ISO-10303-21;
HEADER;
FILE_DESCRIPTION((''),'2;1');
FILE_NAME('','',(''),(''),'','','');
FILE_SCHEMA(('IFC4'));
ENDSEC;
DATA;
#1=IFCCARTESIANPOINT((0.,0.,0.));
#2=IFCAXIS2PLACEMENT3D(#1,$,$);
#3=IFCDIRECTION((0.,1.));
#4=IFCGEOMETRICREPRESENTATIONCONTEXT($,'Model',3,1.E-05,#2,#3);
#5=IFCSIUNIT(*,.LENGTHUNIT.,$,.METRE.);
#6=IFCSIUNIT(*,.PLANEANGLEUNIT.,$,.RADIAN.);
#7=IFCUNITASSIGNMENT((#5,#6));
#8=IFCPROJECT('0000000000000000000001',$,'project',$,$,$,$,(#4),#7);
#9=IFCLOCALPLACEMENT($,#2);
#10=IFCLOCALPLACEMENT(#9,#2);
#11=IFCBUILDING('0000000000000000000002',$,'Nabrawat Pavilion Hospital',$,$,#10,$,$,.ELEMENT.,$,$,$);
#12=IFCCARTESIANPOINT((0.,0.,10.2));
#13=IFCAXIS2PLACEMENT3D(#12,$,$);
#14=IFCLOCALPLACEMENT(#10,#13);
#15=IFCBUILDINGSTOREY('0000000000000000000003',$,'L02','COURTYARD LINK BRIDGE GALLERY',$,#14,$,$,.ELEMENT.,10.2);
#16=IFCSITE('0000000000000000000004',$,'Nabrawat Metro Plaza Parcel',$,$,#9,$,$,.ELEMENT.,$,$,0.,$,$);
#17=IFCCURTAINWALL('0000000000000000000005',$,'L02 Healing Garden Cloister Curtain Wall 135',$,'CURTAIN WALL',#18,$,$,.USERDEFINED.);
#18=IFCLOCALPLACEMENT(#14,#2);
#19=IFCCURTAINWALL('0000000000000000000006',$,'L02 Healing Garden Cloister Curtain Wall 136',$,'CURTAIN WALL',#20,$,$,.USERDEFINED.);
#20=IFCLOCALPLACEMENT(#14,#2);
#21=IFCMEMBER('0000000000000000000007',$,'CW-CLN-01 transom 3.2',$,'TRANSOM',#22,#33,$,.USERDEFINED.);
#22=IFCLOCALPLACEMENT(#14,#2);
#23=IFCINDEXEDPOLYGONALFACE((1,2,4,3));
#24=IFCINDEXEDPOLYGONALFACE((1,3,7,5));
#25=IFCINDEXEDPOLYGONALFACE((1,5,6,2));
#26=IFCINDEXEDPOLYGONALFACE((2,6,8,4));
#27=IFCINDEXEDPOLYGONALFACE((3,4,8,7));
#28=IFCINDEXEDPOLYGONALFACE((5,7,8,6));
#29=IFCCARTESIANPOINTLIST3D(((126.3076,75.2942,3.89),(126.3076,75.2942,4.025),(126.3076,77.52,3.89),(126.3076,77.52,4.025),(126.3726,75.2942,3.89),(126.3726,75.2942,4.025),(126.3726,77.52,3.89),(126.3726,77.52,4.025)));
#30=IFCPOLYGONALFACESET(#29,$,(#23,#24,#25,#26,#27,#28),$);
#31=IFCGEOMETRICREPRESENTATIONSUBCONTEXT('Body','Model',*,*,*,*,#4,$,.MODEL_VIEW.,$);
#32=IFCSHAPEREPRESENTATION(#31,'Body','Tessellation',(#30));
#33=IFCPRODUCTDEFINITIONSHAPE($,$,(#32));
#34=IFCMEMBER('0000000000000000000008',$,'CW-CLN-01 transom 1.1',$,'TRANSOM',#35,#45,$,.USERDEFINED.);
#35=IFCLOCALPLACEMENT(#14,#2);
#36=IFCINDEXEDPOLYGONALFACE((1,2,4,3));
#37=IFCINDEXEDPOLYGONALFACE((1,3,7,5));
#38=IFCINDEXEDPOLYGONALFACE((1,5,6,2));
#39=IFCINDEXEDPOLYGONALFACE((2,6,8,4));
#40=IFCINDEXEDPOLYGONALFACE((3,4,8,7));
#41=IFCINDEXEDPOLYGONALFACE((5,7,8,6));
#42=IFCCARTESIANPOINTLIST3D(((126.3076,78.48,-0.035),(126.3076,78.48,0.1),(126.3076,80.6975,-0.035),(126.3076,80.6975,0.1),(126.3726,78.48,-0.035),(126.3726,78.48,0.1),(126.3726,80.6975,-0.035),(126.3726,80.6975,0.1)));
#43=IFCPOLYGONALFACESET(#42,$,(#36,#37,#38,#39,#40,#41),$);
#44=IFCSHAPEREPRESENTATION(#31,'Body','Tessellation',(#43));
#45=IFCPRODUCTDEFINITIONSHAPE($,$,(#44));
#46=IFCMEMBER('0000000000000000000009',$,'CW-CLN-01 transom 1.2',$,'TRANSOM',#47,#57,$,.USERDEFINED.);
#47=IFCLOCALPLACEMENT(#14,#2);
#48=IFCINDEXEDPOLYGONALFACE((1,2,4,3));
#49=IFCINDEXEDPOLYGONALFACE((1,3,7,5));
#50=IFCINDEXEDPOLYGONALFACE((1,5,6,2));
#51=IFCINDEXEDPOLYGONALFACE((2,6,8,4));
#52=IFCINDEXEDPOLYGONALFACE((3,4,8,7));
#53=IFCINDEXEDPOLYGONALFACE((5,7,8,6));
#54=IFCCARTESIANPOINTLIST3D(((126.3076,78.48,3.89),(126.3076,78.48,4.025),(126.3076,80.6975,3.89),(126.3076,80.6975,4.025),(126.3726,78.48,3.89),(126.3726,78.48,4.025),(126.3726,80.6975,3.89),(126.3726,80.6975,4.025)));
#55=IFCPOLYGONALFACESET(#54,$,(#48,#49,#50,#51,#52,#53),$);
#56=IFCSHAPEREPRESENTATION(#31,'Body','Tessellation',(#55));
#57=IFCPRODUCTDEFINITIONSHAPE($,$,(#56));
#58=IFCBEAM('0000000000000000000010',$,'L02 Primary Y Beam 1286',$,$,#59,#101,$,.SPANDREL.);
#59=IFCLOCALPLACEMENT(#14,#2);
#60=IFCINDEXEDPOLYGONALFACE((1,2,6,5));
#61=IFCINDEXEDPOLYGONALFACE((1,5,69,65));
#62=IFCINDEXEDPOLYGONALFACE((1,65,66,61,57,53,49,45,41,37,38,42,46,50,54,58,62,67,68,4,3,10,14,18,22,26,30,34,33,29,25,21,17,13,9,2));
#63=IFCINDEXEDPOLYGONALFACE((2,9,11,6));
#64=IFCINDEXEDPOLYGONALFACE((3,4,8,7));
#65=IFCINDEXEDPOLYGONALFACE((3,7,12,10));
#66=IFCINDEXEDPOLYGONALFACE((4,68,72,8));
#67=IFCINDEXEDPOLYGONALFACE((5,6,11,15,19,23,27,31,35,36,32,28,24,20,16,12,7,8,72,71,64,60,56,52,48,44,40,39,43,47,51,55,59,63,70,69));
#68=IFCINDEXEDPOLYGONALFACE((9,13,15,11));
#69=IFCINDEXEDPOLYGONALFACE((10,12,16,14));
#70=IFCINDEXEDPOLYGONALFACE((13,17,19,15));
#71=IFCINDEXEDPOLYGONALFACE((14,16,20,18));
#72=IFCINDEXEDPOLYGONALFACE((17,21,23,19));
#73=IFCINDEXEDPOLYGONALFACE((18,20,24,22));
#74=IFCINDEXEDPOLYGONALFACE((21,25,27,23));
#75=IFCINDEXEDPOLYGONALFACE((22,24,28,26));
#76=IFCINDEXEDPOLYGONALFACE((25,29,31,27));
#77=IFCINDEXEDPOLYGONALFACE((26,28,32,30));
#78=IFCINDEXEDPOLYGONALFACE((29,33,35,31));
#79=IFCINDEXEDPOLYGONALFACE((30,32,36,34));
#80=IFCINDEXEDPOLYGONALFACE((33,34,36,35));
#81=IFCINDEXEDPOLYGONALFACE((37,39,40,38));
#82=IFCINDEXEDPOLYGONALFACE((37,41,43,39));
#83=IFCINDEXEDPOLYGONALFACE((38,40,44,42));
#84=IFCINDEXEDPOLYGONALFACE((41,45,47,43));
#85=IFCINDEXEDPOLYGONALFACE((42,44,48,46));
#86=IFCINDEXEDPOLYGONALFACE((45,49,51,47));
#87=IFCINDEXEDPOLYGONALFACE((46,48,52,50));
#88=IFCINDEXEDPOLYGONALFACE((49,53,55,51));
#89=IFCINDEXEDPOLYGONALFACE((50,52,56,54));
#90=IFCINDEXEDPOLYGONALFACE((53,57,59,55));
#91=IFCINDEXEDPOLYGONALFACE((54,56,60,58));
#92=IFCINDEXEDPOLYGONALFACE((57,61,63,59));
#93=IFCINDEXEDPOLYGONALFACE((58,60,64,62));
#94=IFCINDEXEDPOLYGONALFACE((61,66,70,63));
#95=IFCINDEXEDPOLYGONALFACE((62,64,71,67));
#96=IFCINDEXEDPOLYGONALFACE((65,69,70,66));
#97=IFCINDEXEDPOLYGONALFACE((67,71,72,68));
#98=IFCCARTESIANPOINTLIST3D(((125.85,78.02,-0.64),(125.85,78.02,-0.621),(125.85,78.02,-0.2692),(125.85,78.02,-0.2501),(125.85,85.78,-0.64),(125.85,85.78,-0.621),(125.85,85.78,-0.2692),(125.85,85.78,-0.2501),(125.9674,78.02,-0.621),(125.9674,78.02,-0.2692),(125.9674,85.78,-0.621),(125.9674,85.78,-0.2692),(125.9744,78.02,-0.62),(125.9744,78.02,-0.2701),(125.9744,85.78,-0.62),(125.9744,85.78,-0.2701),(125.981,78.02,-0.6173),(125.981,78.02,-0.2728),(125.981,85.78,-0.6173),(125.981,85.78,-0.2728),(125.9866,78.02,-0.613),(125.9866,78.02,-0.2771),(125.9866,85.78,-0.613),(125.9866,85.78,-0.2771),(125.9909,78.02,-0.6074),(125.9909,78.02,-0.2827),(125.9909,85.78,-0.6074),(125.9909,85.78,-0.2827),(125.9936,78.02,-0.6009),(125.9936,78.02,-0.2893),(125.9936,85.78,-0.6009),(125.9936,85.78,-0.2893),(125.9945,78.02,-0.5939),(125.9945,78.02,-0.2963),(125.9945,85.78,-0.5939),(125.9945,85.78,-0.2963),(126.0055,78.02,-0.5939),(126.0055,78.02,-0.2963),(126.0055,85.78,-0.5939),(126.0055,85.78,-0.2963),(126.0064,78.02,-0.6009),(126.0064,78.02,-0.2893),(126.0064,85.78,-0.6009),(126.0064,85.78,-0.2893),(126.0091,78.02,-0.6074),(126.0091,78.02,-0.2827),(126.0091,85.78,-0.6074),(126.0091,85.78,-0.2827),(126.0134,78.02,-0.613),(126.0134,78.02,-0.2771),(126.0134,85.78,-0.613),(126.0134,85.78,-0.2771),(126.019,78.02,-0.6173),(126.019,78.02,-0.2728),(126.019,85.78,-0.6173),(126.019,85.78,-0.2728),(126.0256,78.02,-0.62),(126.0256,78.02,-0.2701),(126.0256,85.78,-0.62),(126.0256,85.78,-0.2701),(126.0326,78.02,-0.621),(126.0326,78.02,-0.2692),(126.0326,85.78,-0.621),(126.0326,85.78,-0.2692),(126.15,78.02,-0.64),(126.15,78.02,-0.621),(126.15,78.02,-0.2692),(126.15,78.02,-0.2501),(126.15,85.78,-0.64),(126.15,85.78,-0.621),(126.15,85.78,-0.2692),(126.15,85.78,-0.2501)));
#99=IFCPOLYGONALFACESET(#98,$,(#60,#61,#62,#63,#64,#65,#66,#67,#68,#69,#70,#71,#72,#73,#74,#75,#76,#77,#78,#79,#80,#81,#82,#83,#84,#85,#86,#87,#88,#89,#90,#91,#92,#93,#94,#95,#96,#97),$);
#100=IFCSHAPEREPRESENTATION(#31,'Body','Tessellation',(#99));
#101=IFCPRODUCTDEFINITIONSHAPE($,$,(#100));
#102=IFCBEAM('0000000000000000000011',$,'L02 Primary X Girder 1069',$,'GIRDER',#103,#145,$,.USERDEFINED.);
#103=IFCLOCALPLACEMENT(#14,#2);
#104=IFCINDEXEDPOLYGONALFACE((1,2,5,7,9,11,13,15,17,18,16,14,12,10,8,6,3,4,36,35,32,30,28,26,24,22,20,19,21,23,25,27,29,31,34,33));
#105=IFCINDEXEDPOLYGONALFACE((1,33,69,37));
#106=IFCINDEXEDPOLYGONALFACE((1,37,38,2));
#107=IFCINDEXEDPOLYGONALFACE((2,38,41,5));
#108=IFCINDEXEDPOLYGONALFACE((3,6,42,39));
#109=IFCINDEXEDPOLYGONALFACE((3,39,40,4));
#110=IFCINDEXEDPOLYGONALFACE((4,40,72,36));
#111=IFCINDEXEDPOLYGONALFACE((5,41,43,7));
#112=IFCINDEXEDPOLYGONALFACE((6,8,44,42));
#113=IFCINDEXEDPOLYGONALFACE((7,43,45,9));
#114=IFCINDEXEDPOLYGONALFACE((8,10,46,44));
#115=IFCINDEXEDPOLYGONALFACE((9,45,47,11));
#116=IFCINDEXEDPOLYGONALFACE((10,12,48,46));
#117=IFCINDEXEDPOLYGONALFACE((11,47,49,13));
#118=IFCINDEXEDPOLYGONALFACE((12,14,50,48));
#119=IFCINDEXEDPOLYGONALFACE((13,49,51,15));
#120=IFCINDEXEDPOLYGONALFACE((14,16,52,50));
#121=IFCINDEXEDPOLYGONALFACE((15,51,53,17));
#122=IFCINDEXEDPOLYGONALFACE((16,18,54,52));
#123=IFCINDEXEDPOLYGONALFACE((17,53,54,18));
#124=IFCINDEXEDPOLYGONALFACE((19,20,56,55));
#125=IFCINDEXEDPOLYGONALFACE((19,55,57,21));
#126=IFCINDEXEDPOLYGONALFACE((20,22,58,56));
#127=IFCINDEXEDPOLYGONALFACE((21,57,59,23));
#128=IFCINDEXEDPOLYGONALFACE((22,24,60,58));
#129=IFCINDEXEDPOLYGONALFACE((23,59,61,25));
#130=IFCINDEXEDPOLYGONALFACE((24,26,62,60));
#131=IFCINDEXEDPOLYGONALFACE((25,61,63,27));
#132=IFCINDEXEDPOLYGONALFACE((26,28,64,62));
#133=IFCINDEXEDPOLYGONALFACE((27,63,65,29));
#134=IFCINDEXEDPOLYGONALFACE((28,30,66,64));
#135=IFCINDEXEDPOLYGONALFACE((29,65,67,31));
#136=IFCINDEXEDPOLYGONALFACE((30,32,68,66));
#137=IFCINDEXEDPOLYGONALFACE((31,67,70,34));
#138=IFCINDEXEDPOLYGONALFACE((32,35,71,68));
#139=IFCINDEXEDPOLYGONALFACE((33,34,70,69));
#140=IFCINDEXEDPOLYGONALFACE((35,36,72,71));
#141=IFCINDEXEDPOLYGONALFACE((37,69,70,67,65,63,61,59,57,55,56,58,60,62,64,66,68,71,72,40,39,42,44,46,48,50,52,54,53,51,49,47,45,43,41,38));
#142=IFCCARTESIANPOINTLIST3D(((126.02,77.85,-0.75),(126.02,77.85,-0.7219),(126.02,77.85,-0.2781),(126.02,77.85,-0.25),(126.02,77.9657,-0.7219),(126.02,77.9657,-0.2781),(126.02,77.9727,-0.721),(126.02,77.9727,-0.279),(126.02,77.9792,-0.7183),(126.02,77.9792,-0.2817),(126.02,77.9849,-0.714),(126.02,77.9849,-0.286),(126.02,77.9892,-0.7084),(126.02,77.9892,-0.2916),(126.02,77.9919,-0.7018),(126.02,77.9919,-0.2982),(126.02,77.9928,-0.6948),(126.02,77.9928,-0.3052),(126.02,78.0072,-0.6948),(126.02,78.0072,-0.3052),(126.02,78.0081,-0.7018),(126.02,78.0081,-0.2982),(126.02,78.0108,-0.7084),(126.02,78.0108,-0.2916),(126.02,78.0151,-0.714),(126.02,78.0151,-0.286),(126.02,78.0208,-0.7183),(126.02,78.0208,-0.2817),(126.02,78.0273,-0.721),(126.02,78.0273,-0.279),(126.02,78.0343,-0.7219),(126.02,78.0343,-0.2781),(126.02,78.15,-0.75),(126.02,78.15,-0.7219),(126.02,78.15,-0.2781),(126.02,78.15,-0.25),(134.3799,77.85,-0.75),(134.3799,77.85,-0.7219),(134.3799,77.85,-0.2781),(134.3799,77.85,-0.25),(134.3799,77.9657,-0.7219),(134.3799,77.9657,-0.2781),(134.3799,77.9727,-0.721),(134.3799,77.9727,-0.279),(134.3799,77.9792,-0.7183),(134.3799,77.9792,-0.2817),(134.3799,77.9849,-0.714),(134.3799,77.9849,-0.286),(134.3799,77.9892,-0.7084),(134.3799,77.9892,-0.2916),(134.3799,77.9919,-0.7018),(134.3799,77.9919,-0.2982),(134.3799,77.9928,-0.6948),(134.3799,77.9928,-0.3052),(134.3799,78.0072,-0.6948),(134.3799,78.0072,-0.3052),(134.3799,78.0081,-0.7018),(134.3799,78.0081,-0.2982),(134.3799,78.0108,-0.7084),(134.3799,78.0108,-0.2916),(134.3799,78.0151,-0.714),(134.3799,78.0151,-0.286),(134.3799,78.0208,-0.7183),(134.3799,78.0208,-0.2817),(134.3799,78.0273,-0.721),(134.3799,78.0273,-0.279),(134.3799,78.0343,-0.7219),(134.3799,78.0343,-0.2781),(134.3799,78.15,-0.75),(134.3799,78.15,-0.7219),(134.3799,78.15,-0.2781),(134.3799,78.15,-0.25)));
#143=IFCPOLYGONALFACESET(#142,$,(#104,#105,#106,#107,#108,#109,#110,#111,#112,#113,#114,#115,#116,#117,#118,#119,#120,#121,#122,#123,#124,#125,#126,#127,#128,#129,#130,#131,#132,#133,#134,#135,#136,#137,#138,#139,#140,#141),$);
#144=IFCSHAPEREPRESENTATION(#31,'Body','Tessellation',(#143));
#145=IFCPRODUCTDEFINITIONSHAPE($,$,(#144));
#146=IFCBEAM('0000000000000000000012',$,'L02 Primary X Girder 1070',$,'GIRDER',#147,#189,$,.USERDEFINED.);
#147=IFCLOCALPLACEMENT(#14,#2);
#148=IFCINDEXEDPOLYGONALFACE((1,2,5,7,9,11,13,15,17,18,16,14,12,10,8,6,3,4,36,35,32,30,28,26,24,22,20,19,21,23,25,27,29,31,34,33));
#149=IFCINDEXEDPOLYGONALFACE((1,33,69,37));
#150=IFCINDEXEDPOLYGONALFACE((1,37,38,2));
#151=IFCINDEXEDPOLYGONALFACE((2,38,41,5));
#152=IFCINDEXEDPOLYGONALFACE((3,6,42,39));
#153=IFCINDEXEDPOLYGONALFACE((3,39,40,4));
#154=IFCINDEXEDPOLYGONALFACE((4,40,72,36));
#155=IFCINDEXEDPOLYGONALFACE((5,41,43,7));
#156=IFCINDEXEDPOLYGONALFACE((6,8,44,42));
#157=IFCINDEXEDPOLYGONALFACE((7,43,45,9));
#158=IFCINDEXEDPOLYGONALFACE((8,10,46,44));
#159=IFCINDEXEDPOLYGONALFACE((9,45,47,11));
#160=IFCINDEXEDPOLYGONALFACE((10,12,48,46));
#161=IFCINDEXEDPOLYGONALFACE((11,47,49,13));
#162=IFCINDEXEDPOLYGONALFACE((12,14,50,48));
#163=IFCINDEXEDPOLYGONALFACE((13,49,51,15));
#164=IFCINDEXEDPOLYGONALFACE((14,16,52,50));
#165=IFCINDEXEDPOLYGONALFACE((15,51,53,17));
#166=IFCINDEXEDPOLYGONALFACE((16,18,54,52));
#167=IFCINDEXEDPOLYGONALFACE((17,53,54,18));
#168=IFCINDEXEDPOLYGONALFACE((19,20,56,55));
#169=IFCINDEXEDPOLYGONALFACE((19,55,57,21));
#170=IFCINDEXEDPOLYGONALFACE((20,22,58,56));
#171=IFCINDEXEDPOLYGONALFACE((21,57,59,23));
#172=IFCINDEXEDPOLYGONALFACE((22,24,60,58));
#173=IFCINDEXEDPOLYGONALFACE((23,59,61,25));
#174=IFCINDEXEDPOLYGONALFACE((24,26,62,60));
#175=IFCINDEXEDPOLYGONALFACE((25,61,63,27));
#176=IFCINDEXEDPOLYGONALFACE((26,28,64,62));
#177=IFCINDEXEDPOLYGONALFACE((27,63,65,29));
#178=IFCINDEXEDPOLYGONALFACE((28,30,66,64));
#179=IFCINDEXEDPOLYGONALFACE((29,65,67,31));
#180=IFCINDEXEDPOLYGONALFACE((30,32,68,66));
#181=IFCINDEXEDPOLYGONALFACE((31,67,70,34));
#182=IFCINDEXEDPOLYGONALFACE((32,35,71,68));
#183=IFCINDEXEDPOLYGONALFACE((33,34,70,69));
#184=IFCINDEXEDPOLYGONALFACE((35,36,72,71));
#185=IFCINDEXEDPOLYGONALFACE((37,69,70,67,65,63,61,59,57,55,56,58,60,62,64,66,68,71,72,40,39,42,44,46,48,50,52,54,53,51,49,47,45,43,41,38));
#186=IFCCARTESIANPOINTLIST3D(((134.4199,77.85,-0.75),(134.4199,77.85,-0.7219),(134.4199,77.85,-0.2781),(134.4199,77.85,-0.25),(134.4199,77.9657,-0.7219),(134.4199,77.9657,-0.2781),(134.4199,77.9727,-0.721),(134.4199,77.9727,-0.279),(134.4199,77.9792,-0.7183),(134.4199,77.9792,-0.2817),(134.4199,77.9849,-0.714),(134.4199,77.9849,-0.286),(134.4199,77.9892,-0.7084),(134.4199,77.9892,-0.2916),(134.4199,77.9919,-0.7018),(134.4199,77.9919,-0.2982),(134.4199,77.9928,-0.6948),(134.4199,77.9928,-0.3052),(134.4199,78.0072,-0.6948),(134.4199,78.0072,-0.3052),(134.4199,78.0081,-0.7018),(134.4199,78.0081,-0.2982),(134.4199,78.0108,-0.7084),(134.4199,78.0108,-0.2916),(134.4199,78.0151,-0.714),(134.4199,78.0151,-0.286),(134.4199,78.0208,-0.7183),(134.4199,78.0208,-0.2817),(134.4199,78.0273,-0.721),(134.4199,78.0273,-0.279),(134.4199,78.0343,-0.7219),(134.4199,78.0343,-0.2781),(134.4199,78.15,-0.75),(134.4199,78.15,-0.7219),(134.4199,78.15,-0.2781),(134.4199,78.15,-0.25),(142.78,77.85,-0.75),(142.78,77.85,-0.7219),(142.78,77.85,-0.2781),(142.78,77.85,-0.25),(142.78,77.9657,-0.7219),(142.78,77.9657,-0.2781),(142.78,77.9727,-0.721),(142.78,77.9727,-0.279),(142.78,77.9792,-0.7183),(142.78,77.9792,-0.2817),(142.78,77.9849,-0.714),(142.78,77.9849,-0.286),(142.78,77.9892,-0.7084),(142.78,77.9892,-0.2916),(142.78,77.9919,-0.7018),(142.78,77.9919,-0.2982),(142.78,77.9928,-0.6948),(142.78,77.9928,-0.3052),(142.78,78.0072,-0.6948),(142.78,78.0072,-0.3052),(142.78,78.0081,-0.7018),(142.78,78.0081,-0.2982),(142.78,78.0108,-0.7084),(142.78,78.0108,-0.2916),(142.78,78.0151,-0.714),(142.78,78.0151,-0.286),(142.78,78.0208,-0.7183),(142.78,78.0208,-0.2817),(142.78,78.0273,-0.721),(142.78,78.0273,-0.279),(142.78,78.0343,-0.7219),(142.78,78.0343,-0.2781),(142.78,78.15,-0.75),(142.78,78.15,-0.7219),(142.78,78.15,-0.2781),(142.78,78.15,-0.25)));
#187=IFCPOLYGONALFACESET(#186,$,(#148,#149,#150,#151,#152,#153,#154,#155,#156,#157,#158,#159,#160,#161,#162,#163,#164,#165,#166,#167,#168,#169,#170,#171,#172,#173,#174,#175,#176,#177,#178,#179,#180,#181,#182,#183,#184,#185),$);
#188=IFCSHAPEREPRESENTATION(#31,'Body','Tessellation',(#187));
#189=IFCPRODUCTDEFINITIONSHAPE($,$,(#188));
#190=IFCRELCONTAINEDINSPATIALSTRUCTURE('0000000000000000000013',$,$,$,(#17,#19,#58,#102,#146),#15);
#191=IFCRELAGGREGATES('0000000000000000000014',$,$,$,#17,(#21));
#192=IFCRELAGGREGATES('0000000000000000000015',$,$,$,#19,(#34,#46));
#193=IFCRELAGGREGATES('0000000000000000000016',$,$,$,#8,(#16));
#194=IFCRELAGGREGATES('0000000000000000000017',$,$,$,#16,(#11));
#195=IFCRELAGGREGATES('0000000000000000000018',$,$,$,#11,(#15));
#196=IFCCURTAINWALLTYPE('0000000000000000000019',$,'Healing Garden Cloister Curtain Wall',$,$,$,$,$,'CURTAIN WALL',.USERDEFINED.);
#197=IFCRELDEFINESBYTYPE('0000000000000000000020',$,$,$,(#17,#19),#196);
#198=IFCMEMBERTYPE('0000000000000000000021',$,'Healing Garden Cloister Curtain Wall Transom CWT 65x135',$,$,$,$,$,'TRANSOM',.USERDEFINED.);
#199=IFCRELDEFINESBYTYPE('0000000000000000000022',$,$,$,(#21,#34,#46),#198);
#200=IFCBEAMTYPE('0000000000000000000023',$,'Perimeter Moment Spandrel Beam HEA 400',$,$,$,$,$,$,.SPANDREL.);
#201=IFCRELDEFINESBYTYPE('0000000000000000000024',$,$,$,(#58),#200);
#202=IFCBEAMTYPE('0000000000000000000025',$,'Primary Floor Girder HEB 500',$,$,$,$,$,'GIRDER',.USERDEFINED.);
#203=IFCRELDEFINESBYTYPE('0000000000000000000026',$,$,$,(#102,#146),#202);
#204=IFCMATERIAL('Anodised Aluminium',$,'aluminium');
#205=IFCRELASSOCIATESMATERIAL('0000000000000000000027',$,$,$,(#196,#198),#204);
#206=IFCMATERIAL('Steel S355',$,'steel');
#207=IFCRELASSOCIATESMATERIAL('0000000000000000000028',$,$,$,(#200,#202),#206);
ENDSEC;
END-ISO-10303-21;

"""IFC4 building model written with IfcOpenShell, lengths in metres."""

from ifc_helpers import new_model, si_unit, direction, frame, origin, origin_2d, place, context, subcontext, project, spatial, rectangle, i_section, extrude, material, material_profile, profile_set, type_object, element, aggregate, save


model = new_model("IFC4")

# Units and contexts
model_context = context("Model", 3, precision=1e-05, world=origin(), true_north=direction((0.0, 1.0)))
body_context = subcontext(model_context, "Body", "Model", "MODEL_VIEW")
ifc_project = project(units=[si_unit("LENGTHUNIT", "METRE"), si_unit("PLANEANGLEUNIT", "RADIAN")], contexts=[model_context])

# Site, building, storey
site_placement = place(None, origin())
site = spatial("IfcSite", under=ifc_project, at=site_placement, Name="Nabrawat Metro Plaza Parcel", CompositionType="ELEMENT", RefElevation=0.0)
building_placement = place(site_placement, origin())
building = spatial("IfcBuilding", under=site, at=building_placement, Name="Nabrawat Pavilion Hospital", CompositionType="ELEMENT")
storey_placement = place(building_placement, frame((0.0, 0.0, 10.2)))
storey = spatial("IfcBuildingStorey", under=building, at=storey_placement, Name="L02", Description="COURTYARD LINK BRIDGE GALLERY", CompositionType="ELEMENT", Elevation=10.2)

# Shared definitions
ifc_material_1 = material(Name="Steel S355", Category="steel")

# Curtain wall
ifc_material_2 = material(Name="Anodised Aluminium", Category="aluminium")
curtain_wall_type_1 = type_object("IfcCurtainWallType", Name="Healing Garden Cloister Curtain Wall", ElementType="CURTAIN WALL", PredefinedType="USERDEFINED", material=ifc_material_2)
curtain_wall_1_placement = place(storey_placement, origin())
curtain_wall_1 = element("IfcCurtainWall", 1, at=curtain_wall_1_placement, inside=storey, type_object=curtain_wall_type_1, Name="L02 Healing Garden Cloister Curtain Wall 135", ObjectType="CURTAIN WALL", PredefinedType="USERDEFINED")

# Curtain wall
curtain_wall_2_placement = place(storey_placement, origin())
curtain_wall_2 = element("IfcCurtainWall", 2, at=curtain_wall_2_placement, inside=storey, type_object=curtain_wall_type_1, Name="L02 Healing Garden Cloister Curtain Wall 136", ObjectType="CURTAIN WALL", PredefinedType="USERDEFINED")

# Members
ifc_material_profile_1 = material_profile(ifc_material_2, rectangle(XDim=0.0649, YDim=0.135, at=origin_2d()), Name="CWT 65x135")
ifc_profile_set_1 = profile_set([ifc_material_profile_1], Name="Anodised Aluminium")
member_type_1 = type_object("IfcMemberType", Name="Healing Garden Cloister Curtain Wall Transom CWT 65x135", ElementType="TRANSOM", PredefinedType="USERDEFINED", material=ifc_profile_set_1)
member_1_placement = place(storey_placement, frame((126.3401, 75.2942, 3.9575), z_axis=(0.0, 1.0, 0.0), x_axis=(-1.0, 0.0, 0.0)))
member_1 = element("IfcMember", 3, at=member_1_placement, type_object=member_type_1, Name="CW-CLN-01 transom 3.2", ObjectType="TRANSOM", PredefinedType="USERDEFINED", context=body_context, shape_type="SweptSolid", body=[
    extrude(rectangle(XDim=0.0649, YDim=0.135, at=origin_2d()), origin(), (0.0, 0.0, 1.0), 2.2258),
])
member_2_placement = place(storey_placement, frame((126.3401, 78.48, 0.0325), z_axis=(0.0, 1.0, 0.0), x_axis=(-1.0, 0.0, 0.0)))
member_2 = element("IfcMember", 4, at=member_2_placement, type_object=member_type_1, Name="CW-CLN-01 transom 1.1", ObjectType="TRANSOM", PredefinedType="USERDEFINED", context=body_context, shape_type="SweptSolid", body=[
    extrude(rectangle(XDim=0.0649, YDim=0.135, at=origin_2d()), origin(), (0.0, 0.0, 1.0), 2.2175),
])
member_3_placement = place(storey_placement, frame((126.3401, 78.48, 3.9575), z_axis=(0.0, 1.0, 0.0), x_axis=(-1.0, 0.0, 0.0)))
member_3 = element("IfcMember", 5, at=member_3_placement, type_object=member_type_1, Name="CW-CLN-01 transom 1.2", ObjectType="TRANSOM", PredefinedType="USERDEFINED", context=body_context, shape_type="SweptSolid", body=[
    extrude(rectangle(XDim=0.0649, YDim=0.135, at=origin_2d()), origin(), (0.0, 0.0, 1.0), 2.2175),
])

# Beams
ifc_material_profile_2 = material_profile(ifc_material_1, i_section(OverallWidth=0.3, OverallDepth=0.3899, WebThickness=0.011, FlangeThickness=0.019, FilletRadius=0.0271, at=origin_2d()), Name="HEA 400")
ifc_profile_set_2 = profile_set([ifc_material_profile_2], Name="Steel S355")
beam_type_1 = type_object("IfcBeamType", Name="Perimeter Moment Spandrel Beam HEA 400", PredefinedType="SPANDREL", material=ifc_profile_set_2)
beam_1_placement = place(storey_placement, frame((126.0, 78.02, -0.4451), z_axis=(0.0, 1.0, 0.0), x_axis=(-1.0, 0.0, 0.0)))
element("IfcBeam", 6, at=beam_1_placement, inside=storey, type_object=beam_type_1, Name="L02 Primary Y Beam 1286", PredefinedType="SPANDREL", context=body_context, shape_type="SweptSolid", body=[
    extrude(i_section(OverallWidth=0.3, OverallDepth=0.3899, WebThickness=0.011, FlangeThickness=0.019, FilletRadius=0.0271, at=origin_2d()), origin(), (0.0, 0.0, 1.0), 7.76),
])
ifc_material_profile_3 = material_profile(ifc_material_1, i_section(OverallWidth=0.3, OverallDepth=0.5, WebThickness=0.0144, FlangeThickness=0.0281, FilletRadius=0.0271, at=origin_2d()), Name="HEB 500")
ifc_profile_set_3 = profile_set([ifc_material_profile_3], Name="Steel S355")
beam_type_2 = type_object("IfcBeamType", Name="Primary Floor Girder HEB 500", ElementType="GIRDER", PredefinedType="USERDEFINED", material=ifc_profile_set_3)
beam_2_placement = place(storey_placement, frame((126.02, 78.0, -0.5), z_axis=(1.0, 0.0, 0.0), x_axis=(0.0, 1.0, 0.0)))
element("IfcBeam", 7, at=beam_2_placement, inside=storey, type_object=beam_type_2, Name="L02 Primary X Girder 1069", ObjectType="GIRDER", PredefinedType="USERDEFINED", context=body_context, shape_type="SweptSolid", body=[
    extrude(i_section(OverallWidth=0.3, OverallDepth=0.5, WebThickness=0.0144, FlangeThickness=0.0281, FilletRadius=0.0271, at=origin_2d()), origin(), (0.0, 0.0, 1.0), 8.3599),
])
beam_3_placement = place(storey_placement, frame((134.4199, 78.0, -0.5), z_axis=(1.0, 0.0, 0.0), x_axis=(0.0, 1.0, 0.0)))
element("IfcBeam", 8, at=beam_3_placement, inside=storey, type_object=beam_type_2, Name="L02 Primary X Girder 1070", ObjectType="GIRDER", PredefinedType="USERDEFINED", context=body_context, shape_type="SweptSolid", body=[
    extrude(i_section(OverallWidth=0.3, OverallDepth=0.5, WebThickness=0.0144, FlangeThickness=0.0281, FilletRadius=0.0271, at=origin_2d()), origin(), (0.0, 0.0, 1.0), 8.3601),
])

aggregate(curtain_wall_1, [member_1])
aggregate(curtain_wall_2, [member_2, member_3])

save(model, "model.ifc")
